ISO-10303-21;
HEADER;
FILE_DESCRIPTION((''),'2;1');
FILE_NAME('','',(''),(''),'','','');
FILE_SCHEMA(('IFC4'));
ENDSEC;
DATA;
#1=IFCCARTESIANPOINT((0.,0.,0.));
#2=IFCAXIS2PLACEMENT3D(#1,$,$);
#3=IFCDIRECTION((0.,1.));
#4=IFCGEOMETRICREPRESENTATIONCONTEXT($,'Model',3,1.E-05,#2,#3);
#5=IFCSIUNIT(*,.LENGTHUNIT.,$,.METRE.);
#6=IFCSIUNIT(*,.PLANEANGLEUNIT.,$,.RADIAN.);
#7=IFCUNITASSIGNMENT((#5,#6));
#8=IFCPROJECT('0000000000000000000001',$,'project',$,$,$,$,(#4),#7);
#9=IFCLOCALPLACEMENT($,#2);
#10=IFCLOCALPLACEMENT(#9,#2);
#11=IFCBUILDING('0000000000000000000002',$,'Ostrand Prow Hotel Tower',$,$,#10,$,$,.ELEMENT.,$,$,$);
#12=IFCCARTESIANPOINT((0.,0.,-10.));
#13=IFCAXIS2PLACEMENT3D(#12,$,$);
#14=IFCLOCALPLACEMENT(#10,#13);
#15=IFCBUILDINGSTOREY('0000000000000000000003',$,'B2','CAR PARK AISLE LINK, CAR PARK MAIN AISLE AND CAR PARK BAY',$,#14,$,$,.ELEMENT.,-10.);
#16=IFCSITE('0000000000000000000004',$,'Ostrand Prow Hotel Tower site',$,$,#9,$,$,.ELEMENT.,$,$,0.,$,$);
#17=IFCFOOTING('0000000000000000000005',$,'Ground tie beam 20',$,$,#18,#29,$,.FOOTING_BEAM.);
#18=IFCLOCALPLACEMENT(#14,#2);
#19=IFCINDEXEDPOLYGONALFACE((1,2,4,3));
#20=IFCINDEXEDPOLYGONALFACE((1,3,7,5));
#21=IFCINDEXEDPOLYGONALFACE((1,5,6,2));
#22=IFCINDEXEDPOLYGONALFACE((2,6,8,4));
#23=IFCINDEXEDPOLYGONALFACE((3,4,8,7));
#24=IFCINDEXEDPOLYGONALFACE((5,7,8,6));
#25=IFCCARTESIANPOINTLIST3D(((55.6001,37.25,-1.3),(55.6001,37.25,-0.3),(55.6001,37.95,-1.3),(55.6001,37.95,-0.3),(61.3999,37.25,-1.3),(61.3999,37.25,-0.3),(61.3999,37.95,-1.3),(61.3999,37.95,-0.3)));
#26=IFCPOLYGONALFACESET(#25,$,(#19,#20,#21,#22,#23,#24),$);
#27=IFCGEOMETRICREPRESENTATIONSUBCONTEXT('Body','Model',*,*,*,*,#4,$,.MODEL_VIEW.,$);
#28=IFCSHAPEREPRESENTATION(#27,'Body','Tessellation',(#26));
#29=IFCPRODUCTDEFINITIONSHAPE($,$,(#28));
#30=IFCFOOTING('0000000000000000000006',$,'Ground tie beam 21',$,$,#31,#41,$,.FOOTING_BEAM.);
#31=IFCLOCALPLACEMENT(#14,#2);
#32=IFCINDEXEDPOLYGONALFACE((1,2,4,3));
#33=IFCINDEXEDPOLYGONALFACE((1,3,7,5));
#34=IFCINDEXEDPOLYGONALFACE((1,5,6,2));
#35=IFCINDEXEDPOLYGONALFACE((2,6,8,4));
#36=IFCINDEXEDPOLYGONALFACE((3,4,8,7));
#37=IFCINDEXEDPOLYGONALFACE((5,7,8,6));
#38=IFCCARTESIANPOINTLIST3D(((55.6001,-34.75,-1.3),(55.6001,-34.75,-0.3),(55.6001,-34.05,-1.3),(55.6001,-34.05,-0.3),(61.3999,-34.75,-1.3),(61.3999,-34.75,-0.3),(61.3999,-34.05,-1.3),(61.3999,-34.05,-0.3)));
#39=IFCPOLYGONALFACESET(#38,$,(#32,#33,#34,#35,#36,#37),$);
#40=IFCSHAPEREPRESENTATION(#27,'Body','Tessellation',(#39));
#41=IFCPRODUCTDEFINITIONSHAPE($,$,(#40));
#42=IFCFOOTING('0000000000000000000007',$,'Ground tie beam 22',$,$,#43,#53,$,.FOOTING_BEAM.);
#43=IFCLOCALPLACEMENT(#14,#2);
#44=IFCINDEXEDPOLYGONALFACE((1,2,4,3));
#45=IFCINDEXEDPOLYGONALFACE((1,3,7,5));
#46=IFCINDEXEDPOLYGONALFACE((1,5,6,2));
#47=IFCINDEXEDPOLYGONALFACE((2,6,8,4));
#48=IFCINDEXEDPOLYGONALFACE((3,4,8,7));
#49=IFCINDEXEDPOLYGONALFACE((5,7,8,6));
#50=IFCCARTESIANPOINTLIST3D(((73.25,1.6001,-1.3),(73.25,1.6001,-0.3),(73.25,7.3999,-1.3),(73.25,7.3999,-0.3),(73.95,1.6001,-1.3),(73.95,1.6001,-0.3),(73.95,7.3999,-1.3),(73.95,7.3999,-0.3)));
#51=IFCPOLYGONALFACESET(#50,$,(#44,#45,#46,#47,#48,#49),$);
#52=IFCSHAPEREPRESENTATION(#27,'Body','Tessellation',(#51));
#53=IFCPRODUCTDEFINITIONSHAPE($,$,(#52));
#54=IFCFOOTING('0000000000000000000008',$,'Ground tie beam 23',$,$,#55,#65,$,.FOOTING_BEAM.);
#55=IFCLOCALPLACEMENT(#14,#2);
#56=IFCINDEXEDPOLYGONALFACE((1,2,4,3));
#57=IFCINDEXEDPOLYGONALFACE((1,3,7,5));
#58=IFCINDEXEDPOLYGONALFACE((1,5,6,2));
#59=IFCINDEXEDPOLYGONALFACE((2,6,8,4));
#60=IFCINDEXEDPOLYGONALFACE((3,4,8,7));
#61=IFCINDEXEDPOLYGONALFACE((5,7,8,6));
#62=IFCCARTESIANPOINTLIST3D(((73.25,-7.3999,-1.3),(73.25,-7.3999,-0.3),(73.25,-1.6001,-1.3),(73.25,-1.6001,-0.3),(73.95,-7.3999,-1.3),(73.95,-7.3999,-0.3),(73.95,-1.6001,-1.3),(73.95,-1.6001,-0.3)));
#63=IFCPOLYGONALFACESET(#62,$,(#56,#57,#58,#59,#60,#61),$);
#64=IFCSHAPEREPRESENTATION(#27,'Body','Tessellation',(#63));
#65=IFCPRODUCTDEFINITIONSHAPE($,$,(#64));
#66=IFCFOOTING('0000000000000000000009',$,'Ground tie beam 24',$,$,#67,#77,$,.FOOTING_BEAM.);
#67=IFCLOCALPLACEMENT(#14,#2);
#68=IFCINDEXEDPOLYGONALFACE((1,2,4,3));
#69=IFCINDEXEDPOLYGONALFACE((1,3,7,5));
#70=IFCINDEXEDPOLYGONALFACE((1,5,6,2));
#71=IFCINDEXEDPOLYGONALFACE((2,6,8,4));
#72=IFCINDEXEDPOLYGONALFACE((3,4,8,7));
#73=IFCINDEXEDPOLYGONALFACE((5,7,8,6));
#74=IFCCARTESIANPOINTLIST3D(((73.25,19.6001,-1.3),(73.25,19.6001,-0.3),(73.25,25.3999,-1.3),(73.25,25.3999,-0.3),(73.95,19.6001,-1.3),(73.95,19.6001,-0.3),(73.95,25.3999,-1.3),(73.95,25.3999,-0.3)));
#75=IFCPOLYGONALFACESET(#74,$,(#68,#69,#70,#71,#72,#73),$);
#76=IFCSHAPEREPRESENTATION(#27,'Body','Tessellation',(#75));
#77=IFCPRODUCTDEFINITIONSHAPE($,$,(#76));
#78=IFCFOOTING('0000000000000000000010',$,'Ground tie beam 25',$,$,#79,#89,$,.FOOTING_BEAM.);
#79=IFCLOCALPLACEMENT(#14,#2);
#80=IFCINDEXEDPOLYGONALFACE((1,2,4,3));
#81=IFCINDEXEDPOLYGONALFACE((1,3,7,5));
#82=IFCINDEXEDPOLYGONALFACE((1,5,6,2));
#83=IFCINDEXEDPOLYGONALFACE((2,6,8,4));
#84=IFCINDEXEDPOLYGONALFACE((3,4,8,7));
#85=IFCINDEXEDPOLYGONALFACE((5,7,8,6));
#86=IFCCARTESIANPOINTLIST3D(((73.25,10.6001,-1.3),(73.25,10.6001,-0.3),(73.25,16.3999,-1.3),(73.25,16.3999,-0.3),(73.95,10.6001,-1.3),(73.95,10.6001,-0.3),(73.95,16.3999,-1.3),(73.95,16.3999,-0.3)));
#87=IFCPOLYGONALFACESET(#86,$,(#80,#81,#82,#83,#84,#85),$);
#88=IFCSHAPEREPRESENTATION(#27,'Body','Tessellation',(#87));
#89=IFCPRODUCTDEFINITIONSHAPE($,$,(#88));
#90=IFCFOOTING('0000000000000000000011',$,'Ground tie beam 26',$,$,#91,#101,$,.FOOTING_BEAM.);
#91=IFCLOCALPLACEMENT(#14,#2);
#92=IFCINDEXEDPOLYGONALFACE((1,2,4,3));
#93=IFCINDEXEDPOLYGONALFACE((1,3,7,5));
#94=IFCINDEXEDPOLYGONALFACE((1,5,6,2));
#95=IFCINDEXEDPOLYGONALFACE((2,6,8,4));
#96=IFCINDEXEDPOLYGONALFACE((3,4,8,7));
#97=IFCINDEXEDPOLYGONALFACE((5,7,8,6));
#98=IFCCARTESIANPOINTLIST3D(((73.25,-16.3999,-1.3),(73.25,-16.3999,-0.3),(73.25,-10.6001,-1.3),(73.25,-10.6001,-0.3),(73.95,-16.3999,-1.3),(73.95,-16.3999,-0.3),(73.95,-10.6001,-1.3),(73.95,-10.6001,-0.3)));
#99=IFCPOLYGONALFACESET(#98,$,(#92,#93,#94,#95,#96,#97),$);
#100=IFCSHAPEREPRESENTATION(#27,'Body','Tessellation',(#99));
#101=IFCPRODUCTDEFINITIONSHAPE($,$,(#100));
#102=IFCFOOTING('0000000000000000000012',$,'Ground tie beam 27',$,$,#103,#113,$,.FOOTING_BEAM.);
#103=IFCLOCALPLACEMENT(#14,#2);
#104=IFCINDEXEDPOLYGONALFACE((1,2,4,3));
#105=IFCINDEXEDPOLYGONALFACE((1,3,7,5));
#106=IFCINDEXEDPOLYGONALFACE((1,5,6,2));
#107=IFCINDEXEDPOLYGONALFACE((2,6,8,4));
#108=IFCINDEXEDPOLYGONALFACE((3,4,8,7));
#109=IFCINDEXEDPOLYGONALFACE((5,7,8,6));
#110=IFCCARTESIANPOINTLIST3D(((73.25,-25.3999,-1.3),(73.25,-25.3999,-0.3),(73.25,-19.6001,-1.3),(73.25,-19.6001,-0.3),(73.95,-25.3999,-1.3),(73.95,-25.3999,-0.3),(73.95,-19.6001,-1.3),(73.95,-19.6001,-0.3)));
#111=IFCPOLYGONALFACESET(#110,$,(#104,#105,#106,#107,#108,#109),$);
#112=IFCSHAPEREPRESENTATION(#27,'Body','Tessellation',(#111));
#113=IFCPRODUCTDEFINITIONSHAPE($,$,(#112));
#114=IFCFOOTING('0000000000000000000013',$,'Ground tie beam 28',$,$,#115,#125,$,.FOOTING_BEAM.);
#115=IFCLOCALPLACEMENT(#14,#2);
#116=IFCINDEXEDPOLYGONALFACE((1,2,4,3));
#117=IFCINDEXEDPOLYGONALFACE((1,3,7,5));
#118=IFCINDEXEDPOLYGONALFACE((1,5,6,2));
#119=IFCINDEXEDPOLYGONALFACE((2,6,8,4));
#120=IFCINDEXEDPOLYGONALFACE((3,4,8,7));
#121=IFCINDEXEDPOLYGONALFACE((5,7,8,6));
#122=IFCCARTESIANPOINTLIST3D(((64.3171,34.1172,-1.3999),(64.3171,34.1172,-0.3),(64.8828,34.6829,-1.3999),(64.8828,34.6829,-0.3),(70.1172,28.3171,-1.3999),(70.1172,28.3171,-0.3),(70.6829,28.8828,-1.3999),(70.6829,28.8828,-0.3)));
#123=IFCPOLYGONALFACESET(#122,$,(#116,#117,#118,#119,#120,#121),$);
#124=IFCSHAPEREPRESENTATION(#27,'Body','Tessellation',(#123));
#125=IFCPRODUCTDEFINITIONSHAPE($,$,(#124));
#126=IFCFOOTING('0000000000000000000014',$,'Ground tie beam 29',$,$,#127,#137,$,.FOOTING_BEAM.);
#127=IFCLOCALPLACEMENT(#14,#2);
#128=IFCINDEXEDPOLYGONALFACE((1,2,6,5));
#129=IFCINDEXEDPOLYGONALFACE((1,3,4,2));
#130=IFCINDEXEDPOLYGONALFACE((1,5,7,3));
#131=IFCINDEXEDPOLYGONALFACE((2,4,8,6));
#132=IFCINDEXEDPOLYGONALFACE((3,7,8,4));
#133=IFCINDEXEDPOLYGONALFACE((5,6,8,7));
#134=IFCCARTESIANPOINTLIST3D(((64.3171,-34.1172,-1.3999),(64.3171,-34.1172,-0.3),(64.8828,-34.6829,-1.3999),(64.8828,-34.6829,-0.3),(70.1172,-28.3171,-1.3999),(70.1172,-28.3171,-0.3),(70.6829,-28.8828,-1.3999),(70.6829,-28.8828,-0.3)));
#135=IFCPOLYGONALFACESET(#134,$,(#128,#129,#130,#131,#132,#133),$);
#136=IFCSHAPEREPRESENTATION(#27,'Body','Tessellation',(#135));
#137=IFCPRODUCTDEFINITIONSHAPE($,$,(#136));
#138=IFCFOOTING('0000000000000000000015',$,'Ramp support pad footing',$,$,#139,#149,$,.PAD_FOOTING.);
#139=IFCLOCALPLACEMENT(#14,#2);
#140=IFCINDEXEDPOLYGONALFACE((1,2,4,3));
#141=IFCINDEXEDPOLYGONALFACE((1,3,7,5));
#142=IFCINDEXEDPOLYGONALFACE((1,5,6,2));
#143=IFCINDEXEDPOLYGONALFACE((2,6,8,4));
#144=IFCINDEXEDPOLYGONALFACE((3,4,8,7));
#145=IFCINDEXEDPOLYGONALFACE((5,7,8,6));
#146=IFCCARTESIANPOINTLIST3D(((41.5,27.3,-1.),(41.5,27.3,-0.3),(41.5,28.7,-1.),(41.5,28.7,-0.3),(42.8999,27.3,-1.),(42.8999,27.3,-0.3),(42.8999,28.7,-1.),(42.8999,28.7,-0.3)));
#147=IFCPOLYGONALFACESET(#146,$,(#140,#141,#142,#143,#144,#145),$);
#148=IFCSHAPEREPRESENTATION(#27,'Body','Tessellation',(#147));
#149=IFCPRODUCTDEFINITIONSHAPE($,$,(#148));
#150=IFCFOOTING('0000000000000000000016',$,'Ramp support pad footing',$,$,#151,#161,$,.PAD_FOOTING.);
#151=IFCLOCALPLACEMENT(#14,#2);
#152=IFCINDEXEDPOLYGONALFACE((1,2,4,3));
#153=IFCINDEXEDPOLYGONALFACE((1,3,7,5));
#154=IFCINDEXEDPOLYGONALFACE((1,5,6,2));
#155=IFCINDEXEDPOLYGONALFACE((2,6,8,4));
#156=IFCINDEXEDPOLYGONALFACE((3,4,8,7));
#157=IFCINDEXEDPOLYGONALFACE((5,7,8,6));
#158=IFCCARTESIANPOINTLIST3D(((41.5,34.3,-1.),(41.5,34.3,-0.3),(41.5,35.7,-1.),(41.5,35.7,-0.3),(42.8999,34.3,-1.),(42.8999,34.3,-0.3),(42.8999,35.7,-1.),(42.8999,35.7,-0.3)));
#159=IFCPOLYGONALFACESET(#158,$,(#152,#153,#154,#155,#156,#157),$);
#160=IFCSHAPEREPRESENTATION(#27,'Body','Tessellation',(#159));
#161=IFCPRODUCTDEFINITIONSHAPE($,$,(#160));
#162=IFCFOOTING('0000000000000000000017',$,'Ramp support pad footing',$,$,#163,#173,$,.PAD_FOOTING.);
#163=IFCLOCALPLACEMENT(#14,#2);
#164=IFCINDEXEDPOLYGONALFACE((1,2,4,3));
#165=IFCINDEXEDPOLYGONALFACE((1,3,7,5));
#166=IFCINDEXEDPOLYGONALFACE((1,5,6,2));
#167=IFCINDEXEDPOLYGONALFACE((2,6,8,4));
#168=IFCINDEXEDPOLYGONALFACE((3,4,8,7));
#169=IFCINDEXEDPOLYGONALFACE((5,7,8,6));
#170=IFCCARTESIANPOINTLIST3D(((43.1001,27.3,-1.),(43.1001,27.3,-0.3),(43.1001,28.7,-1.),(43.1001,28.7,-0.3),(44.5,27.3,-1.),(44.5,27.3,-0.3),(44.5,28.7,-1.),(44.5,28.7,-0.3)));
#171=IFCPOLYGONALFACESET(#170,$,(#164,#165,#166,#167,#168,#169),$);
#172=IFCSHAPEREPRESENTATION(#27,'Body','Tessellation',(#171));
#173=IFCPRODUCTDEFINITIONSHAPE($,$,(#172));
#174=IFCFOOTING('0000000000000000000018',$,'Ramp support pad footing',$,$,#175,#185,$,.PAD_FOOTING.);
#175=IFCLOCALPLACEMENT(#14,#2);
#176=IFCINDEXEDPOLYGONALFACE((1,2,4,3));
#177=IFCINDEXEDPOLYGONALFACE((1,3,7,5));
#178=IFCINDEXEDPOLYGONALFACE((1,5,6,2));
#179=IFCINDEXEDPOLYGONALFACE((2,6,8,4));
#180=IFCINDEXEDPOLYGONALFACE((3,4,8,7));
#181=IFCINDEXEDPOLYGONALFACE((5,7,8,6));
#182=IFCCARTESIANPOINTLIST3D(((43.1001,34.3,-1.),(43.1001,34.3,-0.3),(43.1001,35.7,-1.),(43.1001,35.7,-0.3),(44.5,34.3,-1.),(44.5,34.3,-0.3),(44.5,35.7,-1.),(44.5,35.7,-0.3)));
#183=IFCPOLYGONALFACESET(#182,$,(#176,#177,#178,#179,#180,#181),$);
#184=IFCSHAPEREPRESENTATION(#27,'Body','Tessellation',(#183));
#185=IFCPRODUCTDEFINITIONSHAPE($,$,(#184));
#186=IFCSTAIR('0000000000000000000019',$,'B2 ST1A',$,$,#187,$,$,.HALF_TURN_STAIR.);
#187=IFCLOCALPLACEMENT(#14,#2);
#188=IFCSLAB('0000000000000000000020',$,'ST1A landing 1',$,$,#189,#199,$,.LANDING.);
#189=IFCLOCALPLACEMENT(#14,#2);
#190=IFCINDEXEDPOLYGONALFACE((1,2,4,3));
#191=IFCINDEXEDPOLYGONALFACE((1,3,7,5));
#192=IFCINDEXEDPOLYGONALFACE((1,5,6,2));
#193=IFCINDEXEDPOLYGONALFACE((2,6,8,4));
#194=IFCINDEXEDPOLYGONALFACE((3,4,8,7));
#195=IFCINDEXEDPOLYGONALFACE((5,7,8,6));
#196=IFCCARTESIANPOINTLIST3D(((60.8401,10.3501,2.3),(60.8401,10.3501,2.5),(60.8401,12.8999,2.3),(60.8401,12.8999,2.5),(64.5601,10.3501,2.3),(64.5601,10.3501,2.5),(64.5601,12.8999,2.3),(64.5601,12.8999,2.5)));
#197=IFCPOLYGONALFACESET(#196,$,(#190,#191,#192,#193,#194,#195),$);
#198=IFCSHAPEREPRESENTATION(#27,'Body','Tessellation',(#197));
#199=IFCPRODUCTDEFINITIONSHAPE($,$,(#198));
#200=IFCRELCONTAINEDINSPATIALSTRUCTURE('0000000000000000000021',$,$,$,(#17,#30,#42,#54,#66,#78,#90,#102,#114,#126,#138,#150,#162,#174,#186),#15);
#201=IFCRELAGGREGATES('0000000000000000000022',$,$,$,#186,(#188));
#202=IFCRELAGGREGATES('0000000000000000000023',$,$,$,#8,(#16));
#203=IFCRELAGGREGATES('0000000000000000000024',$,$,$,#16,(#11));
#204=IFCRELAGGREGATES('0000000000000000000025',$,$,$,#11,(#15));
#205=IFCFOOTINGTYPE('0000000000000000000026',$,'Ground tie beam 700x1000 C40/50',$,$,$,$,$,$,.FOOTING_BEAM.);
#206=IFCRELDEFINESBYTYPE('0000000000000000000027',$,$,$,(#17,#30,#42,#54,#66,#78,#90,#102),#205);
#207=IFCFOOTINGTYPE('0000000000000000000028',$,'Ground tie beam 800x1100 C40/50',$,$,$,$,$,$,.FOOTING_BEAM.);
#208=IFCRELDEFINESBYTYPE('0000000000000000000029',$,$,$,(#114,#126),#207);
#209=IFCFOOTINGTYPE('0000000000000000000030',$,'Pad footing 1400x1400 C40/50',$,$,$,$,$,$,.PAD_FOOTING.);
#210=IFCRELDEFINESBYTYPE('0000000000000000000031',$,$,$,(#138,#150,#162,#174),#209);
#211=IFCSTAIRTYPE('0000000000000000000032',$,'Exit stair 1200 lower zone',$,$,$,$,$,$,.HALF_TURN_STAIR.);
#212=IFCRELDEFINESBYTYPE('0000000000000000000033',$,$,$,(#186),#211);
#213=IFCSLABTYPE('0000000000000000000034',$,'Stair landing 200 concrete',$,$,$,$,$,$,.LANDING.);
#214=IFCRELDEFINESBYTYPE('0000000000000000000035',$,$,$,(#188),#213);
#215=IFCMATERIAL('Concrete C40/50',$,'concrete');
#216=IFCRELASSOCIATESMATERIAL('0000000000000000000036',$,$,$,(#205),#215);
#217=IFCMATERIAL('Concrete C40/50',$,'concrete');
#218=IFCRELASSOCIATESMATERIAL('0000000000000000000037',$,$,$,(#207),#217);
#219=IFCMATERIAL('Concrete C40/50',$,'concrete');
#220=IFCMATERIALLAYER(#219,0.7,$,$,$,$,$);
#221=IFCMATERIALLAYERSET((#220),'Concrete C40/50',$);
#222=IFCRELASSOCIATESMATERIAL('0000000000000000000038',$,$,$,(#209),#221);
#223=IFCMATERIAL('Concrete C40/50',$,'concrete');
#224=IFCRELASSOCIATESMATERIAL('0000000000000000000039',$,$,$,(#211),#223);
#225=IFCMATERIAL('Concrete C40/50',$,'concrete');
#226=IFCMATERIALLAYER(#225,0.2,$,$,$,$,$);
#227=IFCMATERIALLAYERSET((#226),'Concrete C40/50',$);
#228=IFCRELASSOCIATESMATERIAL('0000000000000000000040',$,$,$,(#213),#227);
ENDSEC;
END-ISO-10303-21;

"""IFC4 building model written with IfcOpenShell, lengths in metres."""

from ifc_helpers import new_model, si_unit, direction, frame, origin, place, context, subcontext, project, spatial, polyline, outline, extrude, material, layer, layer_set, type_object, element, aggregate, save


model = new_model("IFC4")

# Units and contexts
model_context = context("Model", 3, precision=1e-05, world=origin(), true_north=direction((0.0, 1.0)))
body_context = subcontext(model_context, "Body", "Model", "MODEL_VIEW")
ifc_project = project(units=[si_unit("LENGTHUNIT", "METRE"), si_unit("PLANEANGLEUNIT", "RADIAN")], contexts=[model_context])

# Site, building, storey
site_placement = place(None, origin())
site = spatial("IfcSite", under=ifc_project, at=site_placement, Name="Ostrand Prow Hotel Tower site", CompositionType="ELEMENT", RefElevation=0.0)
building_placement = place(site_placement, origin())
building = spatial("IfcBuilding", under=site, at=building_placement, Name="Ostrand Prow Hotel Tower", CompositionType="ELEMENT")
storey_placement = place(building_placement, frame((0.0, 0.0, -10.0)))
storey = spatial("IfcBuildingStorey", under=building, at=storey_placement, Name="B2", Description="CAR PARK AISLE LINK, CAR PARK MAIN AISLE AND CAR PARK BAY", CompositionType="ELEMENT", Elevation=-10.0)

# Footings
ifc_material_1 = material(Name="Concrete C40/50", Category="concrete")
footing_type_1 = type_object("IfcFootingType", Name="Ground tie beam 700x1000 C40/50", PredefinedType="FOOTING_BEAM", material=ifc_material_1)
footing_1_placement = place(storey_placement, frame((0.0, 0.0, -1.3)))
element("IfcFooting", 1, at=footing_1_placement, inside=storey, type_object=footing_type_1, Name="Ground tie beam 20", PredefinedType="FOOTING_BEAM", context=body_context, shape_type="SweptSolid", body=[
    extrude(outline(polyline([(61.3999, 37.95), (61.3999, 37.25), (55.6001, 37.25), (55.6001, 37.95), (61.3999, 37.95)])), origin(), (0.0, 0.0, 1.0), 1.0),
])
footing_2_placement = place(storey_placement, frame((0.0, 0.0, -1.3)))
element("IfcFooting", 2, at=footing_2_placement, inside=storey, type_object=footing_type_1, Name="Ground tie beam 21", PredefinedType="FOOTING_BEAM", context=body_context, shape_type="SweptSolid", body=[
    extrude(outline(polyline([(61.3999, -34.05), (61.3999, -34.75), (55.6001, -34.75), (55.6001, -34.05), (61.3999, -34.05)])), origin(), (0.0, 0.0, 1.0), 1.0),
])
footing_3_placement = place(storey_placement, frame((0.0, 0.0, -1.3)))
element("IfcFooting", 3, at=footing_3_placement, inside=storey, type_object=footing_type_1, Name="Ground tie beam 22", PredefinedType="FOOTING_BEAM", context=body_context, shape_type="SweptSolid", body=[
    extrude(outline(polyline([(73.25, 7.3999), (73.95, 7.3999), (73.95, 1.6001), (73.25, 1.6001), (73.25, 7.3999)])), origin(), (0.0, 0.0, 1.0), 1.0),
])
footing_4_placement = place(storey_placement, frame((0.0, 0.0, -1.3)))
element("IfcFooting", 4, at=footing_4_placement, inside=storey, type_object=footing_type_1, Name="Ground tie beam 23", PredefinedType="FOOTING_BEAM", context=body_context, shape_type="SweptSolid", body=[
    extrude(outline(polyline([(73.95, -7.3999), (73.25, -7.3999), (73.25, -1.6001), (73.95, -1.6001), (73.95, -7.3999)])), origin(), (0.0, 0.0, 1.0), 1.0),
])
footing_5_placement = place(storey_placement, frame((0.0, 0.0, -1.3)))
element("IfcFooting", 5, at=footing_5_placement, inside=storey, type_object=footing_type_1, Name="Ground tie beam 24", PredefinedType="FOOTING_BEAM", context=body_context, shape_type="SweptSolid", body=[
    extrude(outline(polyline([(73.25, 25.3999), (73.95, 25.3999), (73.95, 19.6001), (73.25, 19.6001), (73.25, 25.3999)])), origin(), (0.0, 0.0, 1.0), 1.0),
])
footing_6_placement = place(storey_placement, frame((0.0, 0.0, -1.3)))
element("IfcFooting", 6, at=footing_6_placement, inside=storey, type_object=footing_type_1, Name="Ground tie beam 25", PredefinedType="FOOTING_BEAM", context=body_context, shape_type="SweptSolid", body=[
    extrude(outline(polyline([(73.95, 10.6001), (73.25, 10.6001), (73.25, 16.3999), (73.95, 16.3999), (73.95, 10.6001)])), origin(), (0.0, 0.0, 1.0), 1.0),
])
footing_7_placement = place(storey_placement, frame((0.0, 0.0, -1.3)))
element("IfcFooting", 7, at=footing_7_placement, inside=storey, type_object=footing_type_1, Name="Ground tie beam 26", PredefinedType="FOOTING_BEAM", context=body_context, shape_type="SweptSolid", body=[
    extrude(outline(polyline([(73.25, -10.6001), (73.95, -10.6001), (73.95, -16.3999), (73.25, -16.3999), (73.25, -10.6001)])), origin(), (0.0, 0.0, 1.0), 1.0),
])
footing_8_placement = place(storey_placement, frame((0.0, 0.0, -1.3)))
element("IfcFooting", 8, at=footing_8_placement, inside=storey, type_object=footing_type_1, Name="Ground tie beam 27", PredefinedType="FOOTING_BEAM", context=body_context, shape_type="SweptSolid", body=[
    extrude(outline(polyline([(73.25, -19.6001), (73.95, -19.6001), (73.95, -25.3999), (73.25, -25.3999), (73.25, -19.6001)])), origin(), (0.0, 0.0, 1.0), 1.0),
])
ifc_material_2 = material(Name="Concrete C40/50", Category="concrete")
footing_type_2 = type_object("IfcFootingType", Name="Ground tie beam 800x1100 C40/50", PredefinedType="FOOTING_BEAM", material=ifc_material_2)
footing_9_placement = place(storey_placement, frame((0.0, 0.0, -1.3999)))
element("IfcFooting", 9, at=footing_9_placement, inside=storey, type_object=footing_type_2, Name="Ground tie beam 28", PredefinedType="FOOTING_BEAM", context=body_context, shape_type="SweptSolid", body=[
    extrude(outline(polyline([(70.6829, 28.8828), (70.1172, 28.3171), (64.3171, 34.1172), (64.8828, 34.6829), (70.6829, 28.8828)])), origin(), (0.0, 0.0, 1.0), 1.0999),
])
footing_10_placement = place(storey_placement, frame((0.0, 0.0, -1.3999)))
element("IfcFooting", 10, at=footing_10_placement, inside=storey, type_object=footing_type_2, Name="Ground tie beam 29", PredefinedType="FOOTING_BEAM", context=body_context, shape_type="SweptSolid", body=[
    extrude(outline(polyline([(70.1172, -28.3171), (70.6829, -28.8828), (64.8828, -34.6829), (64.3171, -34.1172), (70.1172, -28.3171)])), origin(), (0.0, 0.0, 1.0), 1.0999),
])
ifc_material_3 = material(Name="Concrete C40/50", Category="concrete")
ifc_layer_1 = layer(ifc_material_3, 0.7)
ifc_layer_set_1 = layer_set([ifc_layer_1], Name="Concrete C40/50")
footing_type_3 = type_object("IfcFootingType", Name="Pad footing 1400x1400 C40/50", PredefinedType="PAD_FOOTING", material=ifc_layer_set_1)
footing_11_placement = place(storey_placement, frame((0.0, 0.0, -1.0)))
element("IfcFooting", 11, at=footing_11_placement, inside=storey, type_object=footing_type_3, Name="Ramp support pad footing", PredefinedType="PAD_FOOTING", context=body_context, shape_type="SweptSolid", body=[
    extrude(outline(polyline([(41.5, 27.3), (42.8999, 27.3), (42.8999, 28.7), (41.5, 28.7), (41.5, 27.3)])), origin(), (0.0, 0.0, 1.0), 0.7),
])
footing_12_placement = place(storey_placement, frame((0.0, 0.0, -1.0)))
element("IfcFooting", 12, at=footing_12_placement, inside=storey, type_object=footing_type_3, Name="Ramp support pad footing", PredefinedType="PAD_FOOTING", context=body_context, shape_type="SweptSolid", body=[
    extrude(outline(polyline([(41.5, 34.3), (42.8999, 34.3), (42.8999, 35.7), (41.5, 35.7), (41.5, 34.3)])), origin(), (0.0, 0.0, 1.0), 0.7),
])
footing_13_placement = place(storey_placement, frame((0.0, 0.0, -1.0)))
element("IfcFooting", 13, at=footing_13_placement, inside=storey, type_object=footing_type_3, Name="Ramp support pad footing", PredefinedType="PAD_FOOTING", context=body_context, shape_type="SweptSolid", body=[
    extrude(outline(polyline([(43.1001, 27.3), (44.5, 27.3), (44.5, 28.7), (43.1001, 28.7), (43.1001, 27.3)])), origin(), (0.0, 0.0, 1.0), 0.7),
])
footing_14_placement = place(storey_placement, frame((0.0, 0.0, -1.0)))
element("IfcFooting", 14, at=footing_14_placement, inside=storey, type_object=footing_type_3, Name="Ramp support pad footing", PredefinedType="PAD_FOOTING", context=body_context, shape_type="SweptSolid", body=[
    extrude(outline(polyline([(43.1001, 34.3), (44.5, 34.3), (44.5, 35.7), (43.1001, 35.7), (43.1001, 34.3)])), origin(), (0.0, 0.0, 1.0), 0.7),
])

# Stair, slab
ifc_material_4 = material(Name="Concrete C40/50", Category="concrete")
stair_type = type_object("IfcStairType", Name="Exit stair 1200 lower zone", PredefinedType="HALF_TURN_STAIR", material=ifc_material_4)
stair_1_placement = place(storey_placement, origin())
stair_1 = element("IfcStair", 15, at=stair_1_placement, inside=storey, type_object=stair_type, Name="B2 ST1A", PredefinedType="HALF_TURN_STAIR")
ifc_material_5 = material(Name="Concrete C40/50", Category="concrete")
ifc_layer_2 = layer(ifc_material_5, 0.2)
ifc_layer_set_2 = layer_set([ifc_layer_2], Name="Concrete C40/50")
slab_type = type_object("IfcSlabType", Name="Stair landing 200 concrete", PredefinedType="LANDING", material=ifc_layer_set_2)
slab_1_placement = place(storey_placement, frame((0.0, 0.0, 2.3)))
slab_1 = element("IfcSlab", 16, at=slab_1_placement, type_object=slab_type, Name="ST1A landing 1", PredefinedType="LANDING", context=body_context, shape_type="SweptSolid", body=[
    extrude(outline(polyline([(60.8401, 10.3501), (64.5601, 10.3501), (64.5601, 12.8999), (60.8401, 12.8999), (60.8401, 10.3501)])), origin(), (0.0, 0.0, 1.0), 0.2),
])
aggregate(stair_1, [slab_1])

save(model, "model.ifc")
